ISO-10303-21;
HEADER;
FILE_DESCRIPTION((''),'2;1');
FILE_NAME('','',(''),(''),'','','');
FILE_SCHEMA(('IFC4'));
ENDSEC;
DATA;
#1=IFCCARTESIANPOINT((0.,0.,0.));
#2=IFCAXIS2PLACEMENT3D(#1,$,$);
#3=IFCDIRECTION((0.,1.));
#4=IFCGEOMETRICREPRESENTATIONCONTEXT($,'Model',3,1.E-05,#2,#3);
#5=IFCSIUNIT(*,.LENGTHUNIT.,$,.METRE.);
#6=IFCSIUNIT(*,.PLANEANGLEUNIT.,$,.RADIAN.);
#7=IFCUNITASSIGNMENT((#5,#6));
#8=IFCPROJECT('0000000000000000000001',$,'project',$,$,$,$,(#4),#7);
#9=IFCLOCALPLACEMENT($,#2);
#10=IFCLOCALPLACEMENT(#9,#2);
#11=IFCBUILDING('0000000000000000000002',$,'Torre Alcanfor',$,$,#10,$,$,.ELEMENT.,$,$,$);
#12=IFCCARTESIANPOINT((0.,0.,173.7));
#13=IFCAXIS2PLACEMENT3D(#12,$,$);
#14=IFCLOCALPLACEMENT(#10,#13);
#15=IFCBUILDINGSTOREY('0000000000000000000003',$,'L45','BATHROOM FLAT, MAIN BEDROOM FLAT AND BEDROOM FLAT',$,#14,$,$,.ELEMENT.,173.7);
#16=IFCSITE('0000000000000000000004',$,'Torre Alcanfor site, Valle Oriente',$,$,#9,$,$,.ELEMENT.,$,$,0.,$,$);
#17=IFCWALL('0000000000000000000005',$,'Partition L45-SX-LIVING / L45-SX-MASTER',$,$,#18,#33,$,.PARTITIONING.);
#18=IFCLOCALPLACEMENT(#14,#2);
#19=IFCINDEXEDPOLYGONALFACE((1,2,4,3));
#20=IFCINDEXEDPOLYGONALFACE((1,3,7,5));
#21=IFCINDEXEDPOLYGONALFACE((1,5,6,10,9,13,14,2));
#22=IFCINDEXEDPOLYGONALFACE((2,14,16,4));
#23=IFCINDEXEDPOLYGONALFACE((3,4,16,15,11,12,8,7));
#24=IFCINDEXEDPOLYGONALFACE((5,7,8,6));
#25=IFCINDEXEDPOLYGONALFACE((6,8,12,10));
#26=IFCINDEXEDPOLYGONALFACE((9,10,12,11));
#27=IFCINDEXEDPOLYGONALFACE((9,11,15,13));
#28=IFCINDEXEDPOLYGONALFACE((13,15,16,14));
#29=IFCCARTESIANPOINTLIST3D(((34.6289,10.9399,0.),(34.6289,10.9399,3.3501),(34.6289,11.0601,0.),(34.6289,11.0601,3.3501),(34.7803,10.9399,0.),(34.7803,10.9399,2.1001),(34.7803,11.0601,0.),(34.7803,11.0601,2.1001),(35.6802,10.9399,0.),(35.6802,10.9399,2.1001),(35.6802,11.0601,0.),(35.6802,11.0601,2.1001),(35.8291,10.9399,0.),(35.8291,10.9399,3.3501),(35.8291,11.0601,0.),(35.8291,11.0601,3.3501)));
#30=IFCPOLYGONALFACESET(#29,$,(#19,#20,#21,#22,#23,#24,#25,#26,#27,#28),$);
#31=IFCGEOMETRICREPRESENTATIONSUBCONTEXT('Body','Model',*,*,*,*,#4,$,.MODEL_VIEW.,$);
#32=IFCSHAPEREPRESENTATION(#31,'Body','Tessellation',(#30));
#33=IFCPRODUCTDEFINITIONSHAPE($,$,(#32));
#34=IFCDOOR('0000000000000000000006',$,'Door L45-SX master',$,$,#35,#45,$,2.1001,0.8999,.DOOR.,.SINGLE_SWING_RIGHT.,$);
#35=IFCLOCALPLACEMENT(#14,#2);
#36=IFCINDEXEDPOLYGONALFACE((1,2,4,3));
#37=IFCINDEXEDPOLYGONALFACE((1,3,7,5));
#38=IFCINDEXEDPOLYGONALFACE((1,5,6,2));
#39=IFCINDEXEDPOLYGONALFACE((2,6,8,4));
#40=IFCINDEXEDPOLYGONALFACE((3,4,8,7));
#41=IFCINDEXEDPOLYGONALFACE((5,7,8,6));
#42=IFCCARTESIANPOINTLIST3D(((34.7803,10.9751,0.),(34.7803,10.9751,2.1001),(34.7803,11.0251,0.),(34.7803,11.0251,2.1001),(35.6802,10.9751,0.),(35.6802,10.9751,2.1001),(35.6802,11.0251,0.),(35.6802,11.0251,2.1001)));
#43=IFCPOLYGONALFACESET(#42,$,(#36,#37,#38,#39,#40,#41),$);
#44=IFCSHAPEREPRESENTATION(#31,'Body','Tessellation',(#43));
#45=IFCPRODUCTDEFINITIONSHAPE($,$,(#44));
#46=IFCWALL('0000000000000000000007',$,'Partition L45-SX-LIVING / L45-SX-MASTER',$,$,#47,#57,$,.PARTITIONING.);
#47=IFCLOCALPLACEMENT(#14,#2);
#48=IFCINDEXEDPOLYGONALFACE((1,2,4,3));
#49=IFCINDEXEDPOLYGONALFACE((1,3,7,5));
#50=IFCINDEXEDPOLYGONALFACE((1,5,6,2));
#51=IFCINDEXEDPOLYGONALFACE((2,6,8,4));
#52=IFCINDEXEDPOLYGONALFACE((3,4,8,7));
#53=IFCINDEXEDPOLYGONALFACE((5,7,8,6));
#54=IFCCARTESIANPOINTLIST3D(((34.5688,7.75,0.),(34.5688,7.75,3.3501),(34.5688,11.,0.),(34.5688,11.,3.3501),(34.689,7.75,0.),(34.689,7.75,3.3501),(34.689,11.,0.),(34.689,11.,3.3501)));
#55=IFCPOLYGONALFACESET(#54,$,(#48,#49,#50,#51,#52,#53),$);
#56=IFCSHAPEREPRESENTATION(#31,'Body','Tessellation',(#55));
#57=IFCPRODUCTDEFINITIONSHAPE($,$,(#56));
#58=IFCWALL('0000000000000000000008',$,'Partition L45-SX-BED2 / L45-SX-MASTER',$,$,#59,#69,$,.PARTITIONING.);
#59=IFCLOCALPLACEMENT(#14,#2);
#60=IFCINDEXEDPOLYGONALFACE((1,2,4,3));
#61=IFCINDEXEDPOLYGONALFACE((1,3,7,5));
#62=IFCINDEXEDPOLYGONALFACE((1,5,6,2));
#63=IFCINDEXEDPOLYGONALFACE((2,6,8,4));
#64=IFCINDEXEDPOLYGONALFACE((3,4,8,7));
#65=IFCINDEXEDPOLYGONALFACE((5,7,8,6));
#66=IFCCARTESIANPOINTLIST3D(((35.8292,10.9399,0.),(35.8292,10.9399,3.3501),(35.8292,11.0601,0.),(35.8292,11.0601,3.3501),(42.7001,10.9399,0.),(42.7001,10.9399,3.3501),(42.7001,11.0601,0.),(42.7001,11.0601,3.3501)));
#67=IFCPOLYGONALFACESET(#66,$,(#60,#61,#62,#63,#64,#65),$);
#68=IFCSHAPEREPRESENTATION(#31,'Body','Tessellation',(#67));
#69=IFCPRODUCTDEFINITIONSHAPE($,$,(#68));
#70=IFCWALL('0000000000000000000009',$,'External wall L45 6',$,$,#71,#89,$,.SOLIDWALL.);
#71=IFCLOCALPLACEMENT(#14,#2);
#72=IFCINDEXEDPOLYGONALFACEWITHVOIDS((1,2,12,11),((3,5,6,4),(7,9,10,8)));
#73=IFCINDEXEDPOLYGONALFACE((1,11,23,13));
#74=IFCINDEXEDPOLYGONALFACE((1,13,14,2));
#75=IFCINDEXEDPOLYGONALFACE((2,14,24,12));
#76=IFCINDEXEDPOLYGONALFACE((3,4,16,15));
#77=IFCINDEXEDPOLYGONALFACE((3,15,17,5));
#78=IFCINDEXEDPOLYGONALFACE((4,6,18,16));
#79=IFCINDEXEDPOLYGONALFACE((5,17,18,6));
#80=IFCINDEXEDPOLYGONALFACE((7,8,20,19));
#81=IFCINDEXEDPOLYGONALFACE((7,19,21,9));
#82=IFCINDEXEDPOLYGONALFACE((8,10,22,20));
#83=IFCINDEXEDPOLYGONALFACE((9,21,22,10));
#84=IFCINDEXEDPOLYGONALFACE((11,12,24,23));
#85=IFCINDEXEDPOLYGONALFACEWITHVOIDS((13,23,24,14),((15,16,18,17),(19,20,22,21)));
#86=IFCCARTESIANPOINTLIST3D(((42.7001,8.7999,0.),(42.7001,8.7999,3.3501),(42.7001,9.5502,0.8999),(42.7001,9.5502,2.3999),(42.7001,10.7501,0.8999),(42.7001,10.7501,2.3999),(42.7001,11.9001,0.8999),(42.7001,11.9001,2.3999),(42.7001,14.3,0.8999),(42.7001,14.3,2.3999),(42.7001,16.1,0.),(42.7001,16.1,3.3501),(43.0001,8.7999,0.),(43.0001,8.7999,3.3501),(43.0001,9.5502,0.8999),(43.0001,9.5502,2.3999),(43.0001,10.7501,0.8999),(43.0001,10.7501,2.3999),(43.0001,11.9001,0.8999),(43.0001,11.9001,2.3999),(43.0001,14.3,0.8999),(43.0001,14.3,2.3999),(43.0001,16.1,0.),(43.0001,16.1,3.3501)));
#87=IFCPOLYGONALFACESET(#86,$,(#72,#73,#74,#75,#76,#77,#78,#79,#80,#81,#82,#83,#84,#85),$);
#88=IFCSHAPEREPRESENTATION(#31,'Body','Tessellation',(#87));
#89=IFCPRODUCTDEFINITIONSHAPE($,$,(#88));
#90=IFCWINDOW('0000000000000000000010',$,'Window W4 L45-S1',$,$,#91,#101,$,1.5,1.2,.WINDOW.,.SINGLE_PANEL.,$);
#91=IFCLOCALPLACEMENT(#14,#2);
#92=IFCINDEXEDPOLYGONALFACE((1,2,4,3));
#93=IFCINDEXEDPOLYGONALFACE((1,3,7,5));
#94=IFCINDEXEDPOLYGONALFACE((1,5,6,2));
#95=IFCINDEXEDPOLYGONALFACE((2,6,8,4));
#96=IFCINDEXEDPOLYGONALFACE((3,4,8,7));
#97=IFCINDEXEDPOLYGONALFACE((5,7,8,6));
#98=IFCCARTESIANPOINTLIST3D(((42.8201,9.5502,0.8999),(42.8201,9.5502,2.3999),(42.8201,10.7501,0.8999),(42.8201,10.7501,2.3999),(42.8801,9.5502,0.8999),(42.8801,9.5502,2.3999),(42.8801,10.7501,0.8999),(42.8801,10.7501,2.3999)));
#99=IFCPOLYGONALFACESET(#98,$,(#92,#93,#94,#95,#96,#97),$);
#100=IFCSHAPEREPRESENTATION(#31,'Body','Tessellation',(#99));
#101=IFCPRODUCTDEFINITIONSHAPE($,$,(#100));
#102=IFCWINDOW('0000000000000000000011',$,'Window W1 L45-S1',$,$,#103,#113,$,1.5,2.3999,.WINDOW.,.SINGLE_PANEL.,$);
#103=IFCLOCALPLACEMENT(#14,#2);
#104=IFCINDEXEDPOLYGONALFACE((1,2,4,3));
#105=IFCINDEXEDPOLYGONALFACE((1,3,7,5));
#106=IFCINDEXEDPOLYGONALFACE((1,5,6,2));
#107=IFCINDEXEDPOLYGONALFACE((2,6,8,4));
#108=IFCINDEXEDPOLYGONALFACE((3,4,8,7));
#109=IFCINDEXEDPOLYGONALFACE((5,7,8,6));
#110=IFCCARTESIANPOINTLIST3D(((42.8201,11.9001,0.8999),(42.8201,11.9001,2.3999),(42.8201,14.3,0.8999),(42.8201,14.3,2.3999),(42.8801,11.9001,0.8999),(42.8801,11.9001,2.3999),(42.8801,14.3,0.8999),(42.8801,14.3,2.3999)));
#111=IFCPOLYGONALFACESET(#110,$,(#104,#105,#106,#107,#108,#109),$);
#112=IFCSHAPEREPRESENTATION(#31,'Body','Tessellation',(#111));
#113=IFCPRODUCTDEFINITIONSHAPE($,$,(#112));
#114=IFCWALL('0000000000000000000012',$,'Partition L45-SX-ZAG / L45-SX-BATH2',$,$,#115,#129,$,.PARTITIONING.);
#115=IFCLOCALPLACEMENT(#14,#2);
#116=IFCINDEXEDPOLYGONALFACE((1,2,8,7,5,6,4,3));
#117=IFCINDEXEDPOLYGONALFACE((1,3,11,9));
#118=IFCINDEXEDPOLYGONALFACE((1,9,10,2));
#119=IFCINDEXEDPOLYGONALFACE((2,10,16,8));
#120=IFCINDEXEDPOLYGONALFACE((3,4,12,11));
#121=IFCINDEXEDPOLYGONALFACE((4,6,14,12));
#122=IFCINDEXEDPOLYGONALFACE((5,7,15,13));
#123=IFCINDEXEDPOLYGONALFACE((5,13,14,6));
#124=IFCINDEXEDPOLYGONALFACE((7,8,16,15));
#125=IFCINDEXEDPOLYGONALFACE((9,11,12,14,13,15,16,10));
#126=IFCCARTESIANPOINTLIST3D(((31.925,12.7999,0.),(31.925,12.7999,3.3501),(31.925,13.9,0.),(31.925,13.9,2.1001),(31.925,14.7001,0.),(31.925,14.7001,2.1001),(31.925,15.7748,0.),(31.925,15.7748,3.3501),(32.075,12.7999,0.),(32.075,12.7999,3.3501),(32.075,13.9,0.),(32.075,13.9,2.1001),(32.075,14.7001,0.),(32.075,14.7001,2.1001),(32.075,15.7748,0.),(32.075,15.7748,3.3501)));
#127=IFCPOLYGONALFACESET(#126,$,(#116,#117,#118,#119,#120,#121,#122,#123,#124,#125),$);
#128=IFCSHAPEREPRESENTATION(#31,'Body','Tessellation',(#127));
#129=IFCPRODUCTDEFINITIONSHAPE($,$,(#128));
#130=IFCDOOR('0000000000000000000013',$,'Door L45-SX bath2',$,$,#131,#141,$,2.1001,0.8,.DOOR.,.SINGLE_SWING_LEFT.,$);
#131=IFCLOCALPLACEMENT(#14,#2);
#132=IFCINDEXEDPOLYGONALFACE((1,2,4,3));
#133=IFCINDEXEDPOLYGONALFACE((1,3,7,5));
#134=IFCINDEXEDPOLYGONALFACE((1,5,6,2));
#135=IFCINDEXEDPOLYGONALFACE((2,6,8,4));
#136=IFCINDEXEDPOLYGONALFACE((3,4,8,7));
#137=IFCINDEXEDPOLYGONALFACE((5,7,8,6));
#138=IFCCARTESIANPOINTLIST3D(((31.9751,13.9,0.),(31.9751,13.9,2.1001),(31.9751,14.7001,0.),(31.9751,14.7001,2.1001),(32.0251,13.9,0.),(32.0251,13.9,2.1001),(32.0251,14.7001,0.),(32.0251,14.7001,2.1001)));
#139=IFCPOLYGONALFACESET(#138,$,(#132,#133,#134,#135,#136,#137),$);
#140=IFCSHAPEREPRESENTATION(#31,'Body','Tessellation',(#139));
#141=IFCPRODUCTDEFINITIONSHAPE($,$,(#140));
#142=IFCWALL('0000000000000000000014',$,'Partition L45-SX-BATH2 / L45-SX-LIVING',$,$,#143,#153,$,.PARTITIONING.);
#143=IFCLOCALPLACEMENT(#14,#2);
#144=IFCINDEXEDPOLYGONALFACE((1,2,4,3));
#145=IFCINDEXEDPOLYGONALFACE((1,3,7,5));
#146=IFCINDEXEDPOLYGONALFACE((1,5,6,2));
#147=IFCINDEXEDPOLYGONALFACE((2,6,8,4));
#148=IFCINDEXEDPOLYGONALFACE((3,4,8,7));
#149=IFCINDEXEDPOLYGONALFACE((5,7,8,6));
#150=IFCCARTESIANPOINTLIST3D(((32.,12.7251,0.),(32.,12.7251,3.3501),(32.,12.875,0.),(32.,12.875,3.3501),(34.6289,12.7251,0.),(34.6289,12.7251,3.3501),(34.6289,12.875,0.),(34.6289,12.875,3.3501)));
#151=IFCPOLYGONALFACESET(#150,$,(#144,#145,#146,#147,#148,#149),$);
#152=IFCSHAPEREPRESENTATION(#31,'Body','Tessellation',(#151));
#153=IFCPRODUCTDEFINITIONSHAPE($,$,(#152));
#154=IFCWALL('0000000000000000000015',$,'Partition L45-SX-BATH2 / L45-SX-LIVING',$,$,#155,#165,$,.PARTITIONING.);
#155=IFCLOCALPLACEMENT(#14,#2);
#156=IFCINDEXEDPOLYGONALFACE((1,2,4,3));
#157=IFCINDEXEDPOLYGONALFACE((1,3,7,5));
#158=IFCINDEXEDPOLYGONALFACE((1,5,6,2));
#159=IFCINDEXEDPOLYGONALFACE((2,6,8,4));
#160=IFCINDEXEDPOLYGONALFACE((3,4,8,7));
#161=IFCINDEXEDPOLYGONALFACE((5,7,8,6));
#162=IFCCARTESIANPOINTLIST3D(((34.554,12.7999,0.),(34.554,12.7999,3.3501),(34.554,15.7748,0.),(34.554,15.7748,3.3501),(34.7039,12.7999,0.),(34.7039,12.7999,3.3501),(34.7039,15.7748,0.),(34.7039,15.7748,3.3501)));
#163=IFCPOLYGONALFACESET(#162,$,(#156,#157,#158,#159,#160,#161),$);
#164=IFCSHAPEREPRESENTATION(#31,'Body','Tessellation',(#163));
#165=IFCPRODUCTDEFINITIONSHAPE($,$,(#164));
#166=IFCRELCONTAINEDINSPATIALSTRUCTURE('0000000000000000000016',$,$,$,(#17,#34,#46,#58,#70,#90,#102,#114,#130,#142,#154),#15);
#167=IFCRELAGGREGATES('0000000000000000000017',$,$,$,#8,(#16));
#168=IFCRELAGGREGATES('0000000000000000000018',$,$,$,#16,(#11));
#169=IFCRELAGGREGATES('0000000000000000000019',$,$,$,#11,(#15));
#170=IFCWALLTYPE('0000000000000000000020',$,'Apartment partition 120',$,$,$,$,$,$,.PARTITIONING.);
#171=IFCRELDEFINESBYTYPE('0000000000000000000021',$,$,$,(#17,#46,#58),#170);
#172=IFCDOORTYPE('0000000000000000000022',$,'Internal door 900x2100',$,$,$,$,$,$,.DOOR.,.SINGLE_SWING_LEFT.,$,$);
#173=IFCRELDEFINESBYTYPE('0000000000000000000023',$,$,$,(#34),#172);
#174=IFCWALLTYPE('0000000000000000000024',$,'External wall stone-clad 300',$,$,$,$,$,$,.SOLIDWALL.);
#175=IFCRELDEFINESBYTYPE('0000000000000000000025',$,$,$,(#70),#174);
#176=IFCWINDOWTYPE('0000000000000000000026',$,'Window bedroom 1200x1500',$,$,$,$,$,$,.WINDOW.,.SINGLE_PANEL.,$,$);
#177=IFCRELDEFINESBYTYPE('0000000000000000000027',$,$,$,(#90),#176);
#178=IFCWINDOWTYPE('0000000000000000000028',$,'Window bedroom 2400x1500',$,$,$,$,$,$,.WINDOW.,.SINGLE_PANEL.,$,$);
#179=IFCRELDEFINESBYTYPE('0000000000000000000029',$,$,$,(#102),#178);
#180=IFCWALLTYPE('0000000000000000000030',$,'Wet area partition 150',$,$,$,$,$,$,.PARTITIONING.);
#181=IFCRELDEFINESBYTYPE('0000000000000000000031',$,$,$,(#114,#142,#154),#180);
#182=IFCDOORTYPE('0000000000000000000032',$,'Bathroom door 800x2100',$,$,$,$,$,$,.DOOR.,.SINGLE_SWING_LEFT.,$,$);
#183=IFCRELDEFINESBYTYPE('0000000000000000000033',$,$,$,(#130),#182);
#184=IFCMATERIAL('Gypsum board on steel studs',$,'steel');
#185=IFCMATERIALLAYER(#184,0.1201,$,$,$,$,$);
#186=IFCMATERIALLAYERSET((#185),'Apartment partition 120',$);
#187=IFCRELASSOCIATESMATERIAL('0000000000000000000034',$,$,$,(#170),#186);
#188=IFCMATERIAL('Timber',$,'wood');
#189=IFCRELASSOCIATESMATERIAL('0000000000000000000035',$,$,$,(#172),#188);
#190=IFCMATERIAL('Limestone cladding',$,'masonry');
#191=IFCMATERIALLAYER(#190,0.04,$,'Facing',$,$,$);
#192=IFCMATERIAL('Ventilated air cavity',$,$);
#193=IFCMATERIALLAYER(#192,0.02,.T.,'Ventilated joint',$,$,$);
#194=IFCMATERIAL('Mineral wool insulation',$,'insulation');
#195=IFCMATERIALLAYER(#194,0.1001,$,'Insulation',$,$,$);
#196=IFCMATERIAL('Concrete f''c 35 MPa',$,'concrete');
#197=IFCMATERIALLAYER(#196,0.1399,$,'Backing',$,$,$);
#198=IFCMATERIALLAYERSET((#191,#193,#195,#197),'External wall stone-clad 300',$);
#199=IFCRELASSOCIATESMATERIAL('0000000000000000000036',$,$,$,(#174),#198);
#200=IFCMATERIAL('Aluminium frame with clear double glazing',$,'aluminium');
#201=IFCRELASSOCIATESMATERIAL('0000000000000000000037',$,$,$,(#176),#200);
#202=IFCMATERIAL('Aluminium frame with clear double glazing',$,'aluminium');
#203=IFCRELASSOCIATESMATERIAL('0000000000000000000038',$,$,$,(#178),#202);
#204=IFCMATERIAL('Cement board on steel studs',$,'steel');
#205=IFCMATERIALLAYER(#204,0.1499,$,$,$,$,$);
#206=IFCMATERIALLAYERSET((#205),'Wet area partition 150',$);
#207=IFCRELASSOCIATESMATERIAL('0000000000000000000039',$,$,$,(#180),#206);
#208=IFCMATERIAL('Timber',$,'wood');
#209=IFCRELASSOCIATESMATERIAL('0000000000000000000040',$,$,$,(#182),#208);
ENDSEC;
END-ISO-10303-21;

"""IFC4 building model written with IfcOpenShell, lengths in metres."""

from ifc_helpers import new_model, si_unit, direction, frame, frame_2d, origin, place, context, subcontext, project, spatial, rectangle, extrude, material, layer, layer_set, type_object, element, fill, save


model = new_model("IFC4")

# Units and contexts
model_context = context("Model", 3, precision=1e-05, world=origin(), true_north=direction((0.0, 1.0)))
body_context = subcontext(model_context, "Body", "Model", "MODEL_VIEW")
ifc_project = project(units=[si_unit("LENGTHUNIT", "METRE"), si_unit("PLANEANGLEUNIT", "RADIAN")], contexts=[model_context])

# Site, building, storey
site_placement = place(None, origin())
site = spatial("IfcSite", under=ifc_project, at=site_placement, Name="Torre Alcanfor site, Valle Oriente", CompositionType="ELEMENT", RefElevation=0.0)
building_placement = place(site_placement, origin())
building = spatial("IfcBuilding", under=site, at=building_placement, Name="Torre Alcanfor", CompositionType="ELEMENT")
storey_placement = place(building_placement, frame((0.0, 0.0, 173.7)))
storey = spatial("IfcBuildingStorey", under=building, at=storey_placement, Name="L45", Description="BATHROOM FLAT, MAIN BEDROOM FLAT AND BEDROOM FLAT", CompositionType="ELEMENT", Elevation=173.7)

# Wall, opening, door
ifc_material_1 = material(Name="Gypsum board on steel studs", Category="steel")
ifc_layer_1 = layer(ifc_material_1, 0.1201)
ifc_layer_set_1 = layer_set([ifc_layer_1], Name="Apartment partition 120")
wall_type_1 = type_object("IfcWallType", Name="Apartment partition 120", PredefinedType="PARTITIONING", material=ifc_layer_set_1)
wall_1_placement = place(storey_placement, frame((35.8291, 11.0, 0.0), z_axis=(0.0, 0.0, 1.0), x_axis=(-1.0, 0.0, 0.0)))
wall_1 = element("IfcWall", 1, at=wall_1_placement, inside=storey, type_object=wall_type_1, Name="Partition L45-SX-LIVING / L45-SX-MASTER", PredefinedType="PARTITIONING", context=body_context, shape_type="SweptSolid", body=[
    extrude(rectangle(XDim=1.2002, YDim=0.1201, at=frame_2d((0.6001, 0.0))), origin(), (0.0, 0.0, 1.0), 3.3501),
])
opening_1_placement = place(wall_1_placement, frame((0.1489, 0.0, 0.0)))
opening_1 = element("IfcOpeningElement", 2, at=opening_1_placement, cuts=wall_1, PredefinedType="OPENING", context=body_context, shape_type="SweptSolid", body=[
    extrude(rectangle(XDim=0.8999, YDim=2.1001, at=frame_2d((0.45, 1.05))), frame((0.0, 0.0701, 0.0), z_axis=(0.0, -1.0, 0.0), x_axis=(1.0, 0.0, 0.0)), (0.0, 0.0, 1.0), 0.1401),
])
ifc_material_2 = material(Name="Timber", Category="wood")
door_type_1 = type_object("IfcDoorType", Name="Internal door 900x2100", OperationType="SINGLE_SWING_LEFT", PredefinedType="DOOR", material=ifc_material_2)
door_1_placement = place(opening_1_placement, origin())
door_1 = element("IfcDoor", 3, at=door_1_placement, inside=storey, type_object=door_type_1, Name="Door L45-SX master", OperationType="SINGLE_SWING_RIGHT", OverallHeight=2.1001, OverallWidth=0.8999, PredefinedType="DOOR", context=body_context, shape_type="SweptSolid", body=[
    extrude(rectangle(XDim=0.8999, YDim=2.1001, at=frame_2d((0.45, 1.05))), frame((0.0, 0.0249, 0.0), z_axis=(0.0, -1.0, 0.0), x_axis=(1.0, 0.0, 0.0)), (0.0, 0.0, 1.0), 0.05),
])
fill(opening_1, door_1)

# Walls
wall_2_placement = place(storey_placement, frame((34.6289, 11.0, 0.0), z_axis=(0.0, 0.0, 1.0), x_axis=(0.0, -1.0, 0.0)))
element("IfcWall", 4, at=wall_2_placement, inside=storey, type_object=wall_type_1, Name="Partition L45-SX-LIVING / L45-SX-MASTER", PredefinedType="PARTITIONING", context=body_context, shape_type="SweptSolid", body=[
    extrude(rectangle(XDim=3.25, YDim=0.1201, at=frame_2d((1.625, 0.0))), origin(), (0.0, 0.0, 1.0), 3.3501),
])
wall_3_placement = place(storey_placement, frame((35.8291, 11.0, 0.0), z_axis=(0.0, 0.0, 1.0), x_axis=(1.0, 0.0, 0.0)))
element("IfcWall", 5, at=wall_3_placement, inside=storey, type_object=wall_type_1, Name="Partition L45-SX-BED2 / L45-SX-MASTER", PredefinedType="PARTITIONING", context=body_context, shape_type="SweptSolid", body=[
    extrude(rectangle(XDim=6.8708, YDim=0.1201, at=frame_2d((3.4355, 0.0))), origin(), (0.0, 0.0, 1.0), 3.3501),
])

# Wall, openings, windows
ifc_material_3 = material(Name="Limestone cladding", Category="masonry")
ifc_layer_2 = layer(ifc_material_3, 0.04, Name="Facing")
ifc_material_4 = material(Name="Ventilated air cavity")
ifc_layer_3 = layer(ifc_material_4, 0.02, ventilated=True, Name="Ventilated joint")
ifc_material_5 = material(Name="Mineral wool insulation", Category="insulation")
ifc_layer_4 = layer(ifc_material_5, 0.1001, Name="Insulation")
ifc_material_6 = material(Name="Concrete f'c 35 MPa", Category="concrete")
ifc_layer_5 = layer(ifc_material_6, 0.1399, Name="Backing")
ifc_layer_set_2 = layer_set([ifc_layer_2, ifc_layer_3, ifc_layer_4, ifc_layer_5], Name="External wall stone-clad 300")
wall_type_2 = type_object("IfcWallType", Name="External wall stone-clad 300", PredefinedType="SOLIDWALL", material=ifc_layer_set_2)
wall_4_placement = place(storey_placement, frame((42.8501, 8.8, 0.0), z_axis=(0.0, 0.0, 1.0), x_axis=(0.0, 1.0, 0.0)))
wall_4 = element("IfcWall", 6, at=wall_4_placement, inside=storey, type_object=wall_type_2, Name="External wall L45 6", PredefinedType="SOLIDWALL", context=body_context, shape_type="SweptSolid", body=[
    extrude(rectangle(XDim=7.3, YDim=0.3, at=frame_2d((3.6499, 0.0))), origin(), (0.0, 0.0, 1.0), 3.3501),
])
opening_2_placement = place(wall_4_placement, frame((3.1001, 0.0, 0.8999)))
opening_2 = element("IfcOpeningElement", 7, at=opening_2_placement, cuts=wall_4, PredefinedType="OPENING", context=body_context, shape_type="SweptSolid", body=[
    extrude(rectangle(XDim=2.3999, YDim=1.5, at=frame_2d((1.2, 0.75))), frame((0.0, 0.1599, 0.0), z_axis=(0.0, -1.0, 0.0), x_axis=(1.0, 0.0, 0.0)), (0.0, 0.0, 1.0), 0.3201),
])
opening_3_placement = place(wall_4_placement, frame((0.75, 0.0, 0.8999)))
opening_3 = element("IfcOpeningElement", 8, at=opening_3_placement, cuts=wall_4, PredefinedType="OPENING", context=body_context, shape_type="SweptSolid", body=[
    extrude(rectangle(XDim=1.2, YDim=1.5, at=frame_2d((0.6001, 0.75))), frame((0.0, 0.1599, 0.0), z_axis=(0.0, -1.0, 0.0), x_axis=(1.0, 0.0, 0.0)), (0.0, 0.0, 1.0), 0.3201),
])
ifc_material_7 = material(Name="Aluminium frame with clear double glazing", Category="aluminium")
window_type_1 = type_object("IfcWindowType", Name="Window bedroom 1200x1500", PartitioningType="SINGLE_PANEL", PredefinedType="WINDOW", material=ifc_material_7)
window_1_placement = place(opening_3_placement, origin())
window_1 = element("IfcWindow", 9, at=window_1_placement, inside=storey, type_object=window_type_1, Name="Window W4 L45-S1", OverallHeight=1.5, OverallWidth=1.2, PartitioningType="SINGLE_PANEL", PredefinedType="WINDOW", context=body_context, shape_type="SweptSolid", body=[
    extrude(rectangle(XDim=1.2, YDim=1.5, at=frame_2d((0.6001, 0.75))), frame((0.0, 0.03, 0.0), z_axis=(0.0, -1.0, 0.0), x_axis=(1.0, 0.0, 0.0)), (0.0, 0.0, 1.0), 0.0601),
])
fill(opening_3, window_1)
ifc_material_8 = material(Name="Aluminium frame with clear double glazing", Category="aluminium")
window_type_2 = type_object("IfcWindowType", Name="Window bedroom 2400x1500", PartitioningType="SINGLE_PANEL", PredefinedType="WINDOW", material=ifc_material_8)
window_2_placement = place(opening_2_placement, origin())
window_2 = element("IfcWindow", 10, at=window_2_placement, inside=storey, type_object=window_type_2, Name="Window W1 L45-S1", OverallHeight=1.5, OverallWidth=2.3999, PartitioningType="SINGLE_PANEL", PredefinedType="WINDOW", context=body_context, shape_type="SweptSolid", body=[
    extrude(rectangle(XDim=2.3999, YDim=1.5, at=frame_2d((1.2, 0.75))), frame((0.0, 0.03, 0.0), z_axis=(0.0, -1.0, 0.0), x_axis=(1.0, 0.0, 0.0)), (0.0, 0.0, 1.0), 0.0601),
])
fill(opening_2, window_2)

# Wall, opening, door
ifc_material_9 = material(Name="Cement board on steel studs", Category="steel")
ifc_layer_6 = layer(ifc_material_9, 0.1499)
ifc_layer_set_3 = layer_set([ifc_layer_6], Name="Wet area partition 150")
wall_type_3 = type_object("IfcWallType", Name="Wet area partition 150", PredefinedType="PARTITIONING", material=ifc_layer_set_3)
wall_5_placement = place(storey_placement, frame((32.0, 12.8, 0.0), z_axis=(0.0, 0.0, 1.0), x_axis=(0.0, 1.0, 0.0)))
wall_5 = element("IfcWall", 11, at=wall_5_placement, inside=storey, type_object=wall_type_3, Name="Partition L45-SX-ZAG / L45-SX-BATH2", PredefinedType="PARTITIONING", context=body_context, shape_type="SweptSolid", body=[
    extrude(rectangle(XDim=2.9749, YDim=0.1499, at=frame_2d((1.4873, 0.0))), origin(), (0.0, 0.0, 1.0), 3.3501),
])
opening_4_placement = place(wall_5_placement, frame((1.1001, 0.0, 0.0)))
opening_4 = element("IfcOpeningElement", 12, at=opening_4_placement, cuts=wall_5, PredefinedType="OPENING", context=body_context, shape_type="SweptSolid", body=[
    extrude(rectangle(XDim=0.8, YDim=2.1001, at=frame_2d((0.3999, 1.05))), frame((0.0, 0.085, 0.0), z_axis=(0.0, -1.0, 0.0), x_axis=(1.0, 0.0, 0.0)), (0.0, 0.0, 1.0), 0.1699),
])
ifc_material_10 = material(Name="Timber", Category="wood")
door_type_2 = type_object("IfcDoorType", Name="Bathroom door 800x2100", OperationType="SINGLE_SWING_LEFT", PredefinedType="DOOR", material=ifc_material_10)
door_2_placement = place(opening_4_placement, frame((0.8, 0.0, 0.0), z_axis=(0.0, 0.0, 1.0), x_axis=(-1.0, 0.0, 0.0)))
door_2 = element("IfcDoor", 13, at=door_2_placement, inside=storey, type_object=door_type_2, Name="Door L45-SX bath2", OperationType="SINGLE_SWING_LEFT", OverallHeight=2.1001, OverallWidth=0.8, PredefinedType="DOOR", context=body_context, shape_type="SweptSolid", body=[
    extrude(rectangle(XDim=0.8, YDim=2.1001, at=frame_2d((0.4001, 1.05))), frame((0.0, 0.0251, 0.0), z_axis=(0.0, -1.0, 0.0), x_axis=(1.0, 0.0, 0.0)), (0.0, 0.0, 1.0), 0.05),
])
fill(opening_4, door_2)

# Walls
wall_6_placement = place(storey_placement, frame((32.0, 12.8, 0.0), z_axis=(0.0, 0.0, 1.0), x_axis=(1.0, 0.0, 0.0)))
element("IfcWall", 14, at=wall_6_placement, inside=storey, type_object=wall_type_3, Name="Partition L45-SX-BATH2 / L45-SX-LIVING", PredefinedType="PARTITIONING", context=body_context, shape_type="SweptSolid", body=[
    extrude(rectangle(XDim=2.6289, YDim=0.1499, at=frame_2d((1.3145, 0.0))), origin(), (0.0, 0.0, 1.0), 3.3501),
])
wall_7_placement = place(storey_placement, frame((34.6289, 12.8, 0.0), z_axis=(0.0, 0.0, 1.0), x_axis=(0.0, 1.0, 0.0)))
element("IfcWall", 15, at=wall_7_placement, inside=storey, type_object=wall_type_3, Name="Partition L45-SX-BATH2 / L45-SX-LIVING", PredefinedType="PARTITIONING", context=body_context, shape_type="SweptSolid", body=[
    extrude(rectangle(XDim=2.9749, YDim=0.1499, at=frame_2d((1.4873, 0.0))), origin(), (0.0, 0.0, 1.0), 3.3501),
])

save(model, "model.ifc")
